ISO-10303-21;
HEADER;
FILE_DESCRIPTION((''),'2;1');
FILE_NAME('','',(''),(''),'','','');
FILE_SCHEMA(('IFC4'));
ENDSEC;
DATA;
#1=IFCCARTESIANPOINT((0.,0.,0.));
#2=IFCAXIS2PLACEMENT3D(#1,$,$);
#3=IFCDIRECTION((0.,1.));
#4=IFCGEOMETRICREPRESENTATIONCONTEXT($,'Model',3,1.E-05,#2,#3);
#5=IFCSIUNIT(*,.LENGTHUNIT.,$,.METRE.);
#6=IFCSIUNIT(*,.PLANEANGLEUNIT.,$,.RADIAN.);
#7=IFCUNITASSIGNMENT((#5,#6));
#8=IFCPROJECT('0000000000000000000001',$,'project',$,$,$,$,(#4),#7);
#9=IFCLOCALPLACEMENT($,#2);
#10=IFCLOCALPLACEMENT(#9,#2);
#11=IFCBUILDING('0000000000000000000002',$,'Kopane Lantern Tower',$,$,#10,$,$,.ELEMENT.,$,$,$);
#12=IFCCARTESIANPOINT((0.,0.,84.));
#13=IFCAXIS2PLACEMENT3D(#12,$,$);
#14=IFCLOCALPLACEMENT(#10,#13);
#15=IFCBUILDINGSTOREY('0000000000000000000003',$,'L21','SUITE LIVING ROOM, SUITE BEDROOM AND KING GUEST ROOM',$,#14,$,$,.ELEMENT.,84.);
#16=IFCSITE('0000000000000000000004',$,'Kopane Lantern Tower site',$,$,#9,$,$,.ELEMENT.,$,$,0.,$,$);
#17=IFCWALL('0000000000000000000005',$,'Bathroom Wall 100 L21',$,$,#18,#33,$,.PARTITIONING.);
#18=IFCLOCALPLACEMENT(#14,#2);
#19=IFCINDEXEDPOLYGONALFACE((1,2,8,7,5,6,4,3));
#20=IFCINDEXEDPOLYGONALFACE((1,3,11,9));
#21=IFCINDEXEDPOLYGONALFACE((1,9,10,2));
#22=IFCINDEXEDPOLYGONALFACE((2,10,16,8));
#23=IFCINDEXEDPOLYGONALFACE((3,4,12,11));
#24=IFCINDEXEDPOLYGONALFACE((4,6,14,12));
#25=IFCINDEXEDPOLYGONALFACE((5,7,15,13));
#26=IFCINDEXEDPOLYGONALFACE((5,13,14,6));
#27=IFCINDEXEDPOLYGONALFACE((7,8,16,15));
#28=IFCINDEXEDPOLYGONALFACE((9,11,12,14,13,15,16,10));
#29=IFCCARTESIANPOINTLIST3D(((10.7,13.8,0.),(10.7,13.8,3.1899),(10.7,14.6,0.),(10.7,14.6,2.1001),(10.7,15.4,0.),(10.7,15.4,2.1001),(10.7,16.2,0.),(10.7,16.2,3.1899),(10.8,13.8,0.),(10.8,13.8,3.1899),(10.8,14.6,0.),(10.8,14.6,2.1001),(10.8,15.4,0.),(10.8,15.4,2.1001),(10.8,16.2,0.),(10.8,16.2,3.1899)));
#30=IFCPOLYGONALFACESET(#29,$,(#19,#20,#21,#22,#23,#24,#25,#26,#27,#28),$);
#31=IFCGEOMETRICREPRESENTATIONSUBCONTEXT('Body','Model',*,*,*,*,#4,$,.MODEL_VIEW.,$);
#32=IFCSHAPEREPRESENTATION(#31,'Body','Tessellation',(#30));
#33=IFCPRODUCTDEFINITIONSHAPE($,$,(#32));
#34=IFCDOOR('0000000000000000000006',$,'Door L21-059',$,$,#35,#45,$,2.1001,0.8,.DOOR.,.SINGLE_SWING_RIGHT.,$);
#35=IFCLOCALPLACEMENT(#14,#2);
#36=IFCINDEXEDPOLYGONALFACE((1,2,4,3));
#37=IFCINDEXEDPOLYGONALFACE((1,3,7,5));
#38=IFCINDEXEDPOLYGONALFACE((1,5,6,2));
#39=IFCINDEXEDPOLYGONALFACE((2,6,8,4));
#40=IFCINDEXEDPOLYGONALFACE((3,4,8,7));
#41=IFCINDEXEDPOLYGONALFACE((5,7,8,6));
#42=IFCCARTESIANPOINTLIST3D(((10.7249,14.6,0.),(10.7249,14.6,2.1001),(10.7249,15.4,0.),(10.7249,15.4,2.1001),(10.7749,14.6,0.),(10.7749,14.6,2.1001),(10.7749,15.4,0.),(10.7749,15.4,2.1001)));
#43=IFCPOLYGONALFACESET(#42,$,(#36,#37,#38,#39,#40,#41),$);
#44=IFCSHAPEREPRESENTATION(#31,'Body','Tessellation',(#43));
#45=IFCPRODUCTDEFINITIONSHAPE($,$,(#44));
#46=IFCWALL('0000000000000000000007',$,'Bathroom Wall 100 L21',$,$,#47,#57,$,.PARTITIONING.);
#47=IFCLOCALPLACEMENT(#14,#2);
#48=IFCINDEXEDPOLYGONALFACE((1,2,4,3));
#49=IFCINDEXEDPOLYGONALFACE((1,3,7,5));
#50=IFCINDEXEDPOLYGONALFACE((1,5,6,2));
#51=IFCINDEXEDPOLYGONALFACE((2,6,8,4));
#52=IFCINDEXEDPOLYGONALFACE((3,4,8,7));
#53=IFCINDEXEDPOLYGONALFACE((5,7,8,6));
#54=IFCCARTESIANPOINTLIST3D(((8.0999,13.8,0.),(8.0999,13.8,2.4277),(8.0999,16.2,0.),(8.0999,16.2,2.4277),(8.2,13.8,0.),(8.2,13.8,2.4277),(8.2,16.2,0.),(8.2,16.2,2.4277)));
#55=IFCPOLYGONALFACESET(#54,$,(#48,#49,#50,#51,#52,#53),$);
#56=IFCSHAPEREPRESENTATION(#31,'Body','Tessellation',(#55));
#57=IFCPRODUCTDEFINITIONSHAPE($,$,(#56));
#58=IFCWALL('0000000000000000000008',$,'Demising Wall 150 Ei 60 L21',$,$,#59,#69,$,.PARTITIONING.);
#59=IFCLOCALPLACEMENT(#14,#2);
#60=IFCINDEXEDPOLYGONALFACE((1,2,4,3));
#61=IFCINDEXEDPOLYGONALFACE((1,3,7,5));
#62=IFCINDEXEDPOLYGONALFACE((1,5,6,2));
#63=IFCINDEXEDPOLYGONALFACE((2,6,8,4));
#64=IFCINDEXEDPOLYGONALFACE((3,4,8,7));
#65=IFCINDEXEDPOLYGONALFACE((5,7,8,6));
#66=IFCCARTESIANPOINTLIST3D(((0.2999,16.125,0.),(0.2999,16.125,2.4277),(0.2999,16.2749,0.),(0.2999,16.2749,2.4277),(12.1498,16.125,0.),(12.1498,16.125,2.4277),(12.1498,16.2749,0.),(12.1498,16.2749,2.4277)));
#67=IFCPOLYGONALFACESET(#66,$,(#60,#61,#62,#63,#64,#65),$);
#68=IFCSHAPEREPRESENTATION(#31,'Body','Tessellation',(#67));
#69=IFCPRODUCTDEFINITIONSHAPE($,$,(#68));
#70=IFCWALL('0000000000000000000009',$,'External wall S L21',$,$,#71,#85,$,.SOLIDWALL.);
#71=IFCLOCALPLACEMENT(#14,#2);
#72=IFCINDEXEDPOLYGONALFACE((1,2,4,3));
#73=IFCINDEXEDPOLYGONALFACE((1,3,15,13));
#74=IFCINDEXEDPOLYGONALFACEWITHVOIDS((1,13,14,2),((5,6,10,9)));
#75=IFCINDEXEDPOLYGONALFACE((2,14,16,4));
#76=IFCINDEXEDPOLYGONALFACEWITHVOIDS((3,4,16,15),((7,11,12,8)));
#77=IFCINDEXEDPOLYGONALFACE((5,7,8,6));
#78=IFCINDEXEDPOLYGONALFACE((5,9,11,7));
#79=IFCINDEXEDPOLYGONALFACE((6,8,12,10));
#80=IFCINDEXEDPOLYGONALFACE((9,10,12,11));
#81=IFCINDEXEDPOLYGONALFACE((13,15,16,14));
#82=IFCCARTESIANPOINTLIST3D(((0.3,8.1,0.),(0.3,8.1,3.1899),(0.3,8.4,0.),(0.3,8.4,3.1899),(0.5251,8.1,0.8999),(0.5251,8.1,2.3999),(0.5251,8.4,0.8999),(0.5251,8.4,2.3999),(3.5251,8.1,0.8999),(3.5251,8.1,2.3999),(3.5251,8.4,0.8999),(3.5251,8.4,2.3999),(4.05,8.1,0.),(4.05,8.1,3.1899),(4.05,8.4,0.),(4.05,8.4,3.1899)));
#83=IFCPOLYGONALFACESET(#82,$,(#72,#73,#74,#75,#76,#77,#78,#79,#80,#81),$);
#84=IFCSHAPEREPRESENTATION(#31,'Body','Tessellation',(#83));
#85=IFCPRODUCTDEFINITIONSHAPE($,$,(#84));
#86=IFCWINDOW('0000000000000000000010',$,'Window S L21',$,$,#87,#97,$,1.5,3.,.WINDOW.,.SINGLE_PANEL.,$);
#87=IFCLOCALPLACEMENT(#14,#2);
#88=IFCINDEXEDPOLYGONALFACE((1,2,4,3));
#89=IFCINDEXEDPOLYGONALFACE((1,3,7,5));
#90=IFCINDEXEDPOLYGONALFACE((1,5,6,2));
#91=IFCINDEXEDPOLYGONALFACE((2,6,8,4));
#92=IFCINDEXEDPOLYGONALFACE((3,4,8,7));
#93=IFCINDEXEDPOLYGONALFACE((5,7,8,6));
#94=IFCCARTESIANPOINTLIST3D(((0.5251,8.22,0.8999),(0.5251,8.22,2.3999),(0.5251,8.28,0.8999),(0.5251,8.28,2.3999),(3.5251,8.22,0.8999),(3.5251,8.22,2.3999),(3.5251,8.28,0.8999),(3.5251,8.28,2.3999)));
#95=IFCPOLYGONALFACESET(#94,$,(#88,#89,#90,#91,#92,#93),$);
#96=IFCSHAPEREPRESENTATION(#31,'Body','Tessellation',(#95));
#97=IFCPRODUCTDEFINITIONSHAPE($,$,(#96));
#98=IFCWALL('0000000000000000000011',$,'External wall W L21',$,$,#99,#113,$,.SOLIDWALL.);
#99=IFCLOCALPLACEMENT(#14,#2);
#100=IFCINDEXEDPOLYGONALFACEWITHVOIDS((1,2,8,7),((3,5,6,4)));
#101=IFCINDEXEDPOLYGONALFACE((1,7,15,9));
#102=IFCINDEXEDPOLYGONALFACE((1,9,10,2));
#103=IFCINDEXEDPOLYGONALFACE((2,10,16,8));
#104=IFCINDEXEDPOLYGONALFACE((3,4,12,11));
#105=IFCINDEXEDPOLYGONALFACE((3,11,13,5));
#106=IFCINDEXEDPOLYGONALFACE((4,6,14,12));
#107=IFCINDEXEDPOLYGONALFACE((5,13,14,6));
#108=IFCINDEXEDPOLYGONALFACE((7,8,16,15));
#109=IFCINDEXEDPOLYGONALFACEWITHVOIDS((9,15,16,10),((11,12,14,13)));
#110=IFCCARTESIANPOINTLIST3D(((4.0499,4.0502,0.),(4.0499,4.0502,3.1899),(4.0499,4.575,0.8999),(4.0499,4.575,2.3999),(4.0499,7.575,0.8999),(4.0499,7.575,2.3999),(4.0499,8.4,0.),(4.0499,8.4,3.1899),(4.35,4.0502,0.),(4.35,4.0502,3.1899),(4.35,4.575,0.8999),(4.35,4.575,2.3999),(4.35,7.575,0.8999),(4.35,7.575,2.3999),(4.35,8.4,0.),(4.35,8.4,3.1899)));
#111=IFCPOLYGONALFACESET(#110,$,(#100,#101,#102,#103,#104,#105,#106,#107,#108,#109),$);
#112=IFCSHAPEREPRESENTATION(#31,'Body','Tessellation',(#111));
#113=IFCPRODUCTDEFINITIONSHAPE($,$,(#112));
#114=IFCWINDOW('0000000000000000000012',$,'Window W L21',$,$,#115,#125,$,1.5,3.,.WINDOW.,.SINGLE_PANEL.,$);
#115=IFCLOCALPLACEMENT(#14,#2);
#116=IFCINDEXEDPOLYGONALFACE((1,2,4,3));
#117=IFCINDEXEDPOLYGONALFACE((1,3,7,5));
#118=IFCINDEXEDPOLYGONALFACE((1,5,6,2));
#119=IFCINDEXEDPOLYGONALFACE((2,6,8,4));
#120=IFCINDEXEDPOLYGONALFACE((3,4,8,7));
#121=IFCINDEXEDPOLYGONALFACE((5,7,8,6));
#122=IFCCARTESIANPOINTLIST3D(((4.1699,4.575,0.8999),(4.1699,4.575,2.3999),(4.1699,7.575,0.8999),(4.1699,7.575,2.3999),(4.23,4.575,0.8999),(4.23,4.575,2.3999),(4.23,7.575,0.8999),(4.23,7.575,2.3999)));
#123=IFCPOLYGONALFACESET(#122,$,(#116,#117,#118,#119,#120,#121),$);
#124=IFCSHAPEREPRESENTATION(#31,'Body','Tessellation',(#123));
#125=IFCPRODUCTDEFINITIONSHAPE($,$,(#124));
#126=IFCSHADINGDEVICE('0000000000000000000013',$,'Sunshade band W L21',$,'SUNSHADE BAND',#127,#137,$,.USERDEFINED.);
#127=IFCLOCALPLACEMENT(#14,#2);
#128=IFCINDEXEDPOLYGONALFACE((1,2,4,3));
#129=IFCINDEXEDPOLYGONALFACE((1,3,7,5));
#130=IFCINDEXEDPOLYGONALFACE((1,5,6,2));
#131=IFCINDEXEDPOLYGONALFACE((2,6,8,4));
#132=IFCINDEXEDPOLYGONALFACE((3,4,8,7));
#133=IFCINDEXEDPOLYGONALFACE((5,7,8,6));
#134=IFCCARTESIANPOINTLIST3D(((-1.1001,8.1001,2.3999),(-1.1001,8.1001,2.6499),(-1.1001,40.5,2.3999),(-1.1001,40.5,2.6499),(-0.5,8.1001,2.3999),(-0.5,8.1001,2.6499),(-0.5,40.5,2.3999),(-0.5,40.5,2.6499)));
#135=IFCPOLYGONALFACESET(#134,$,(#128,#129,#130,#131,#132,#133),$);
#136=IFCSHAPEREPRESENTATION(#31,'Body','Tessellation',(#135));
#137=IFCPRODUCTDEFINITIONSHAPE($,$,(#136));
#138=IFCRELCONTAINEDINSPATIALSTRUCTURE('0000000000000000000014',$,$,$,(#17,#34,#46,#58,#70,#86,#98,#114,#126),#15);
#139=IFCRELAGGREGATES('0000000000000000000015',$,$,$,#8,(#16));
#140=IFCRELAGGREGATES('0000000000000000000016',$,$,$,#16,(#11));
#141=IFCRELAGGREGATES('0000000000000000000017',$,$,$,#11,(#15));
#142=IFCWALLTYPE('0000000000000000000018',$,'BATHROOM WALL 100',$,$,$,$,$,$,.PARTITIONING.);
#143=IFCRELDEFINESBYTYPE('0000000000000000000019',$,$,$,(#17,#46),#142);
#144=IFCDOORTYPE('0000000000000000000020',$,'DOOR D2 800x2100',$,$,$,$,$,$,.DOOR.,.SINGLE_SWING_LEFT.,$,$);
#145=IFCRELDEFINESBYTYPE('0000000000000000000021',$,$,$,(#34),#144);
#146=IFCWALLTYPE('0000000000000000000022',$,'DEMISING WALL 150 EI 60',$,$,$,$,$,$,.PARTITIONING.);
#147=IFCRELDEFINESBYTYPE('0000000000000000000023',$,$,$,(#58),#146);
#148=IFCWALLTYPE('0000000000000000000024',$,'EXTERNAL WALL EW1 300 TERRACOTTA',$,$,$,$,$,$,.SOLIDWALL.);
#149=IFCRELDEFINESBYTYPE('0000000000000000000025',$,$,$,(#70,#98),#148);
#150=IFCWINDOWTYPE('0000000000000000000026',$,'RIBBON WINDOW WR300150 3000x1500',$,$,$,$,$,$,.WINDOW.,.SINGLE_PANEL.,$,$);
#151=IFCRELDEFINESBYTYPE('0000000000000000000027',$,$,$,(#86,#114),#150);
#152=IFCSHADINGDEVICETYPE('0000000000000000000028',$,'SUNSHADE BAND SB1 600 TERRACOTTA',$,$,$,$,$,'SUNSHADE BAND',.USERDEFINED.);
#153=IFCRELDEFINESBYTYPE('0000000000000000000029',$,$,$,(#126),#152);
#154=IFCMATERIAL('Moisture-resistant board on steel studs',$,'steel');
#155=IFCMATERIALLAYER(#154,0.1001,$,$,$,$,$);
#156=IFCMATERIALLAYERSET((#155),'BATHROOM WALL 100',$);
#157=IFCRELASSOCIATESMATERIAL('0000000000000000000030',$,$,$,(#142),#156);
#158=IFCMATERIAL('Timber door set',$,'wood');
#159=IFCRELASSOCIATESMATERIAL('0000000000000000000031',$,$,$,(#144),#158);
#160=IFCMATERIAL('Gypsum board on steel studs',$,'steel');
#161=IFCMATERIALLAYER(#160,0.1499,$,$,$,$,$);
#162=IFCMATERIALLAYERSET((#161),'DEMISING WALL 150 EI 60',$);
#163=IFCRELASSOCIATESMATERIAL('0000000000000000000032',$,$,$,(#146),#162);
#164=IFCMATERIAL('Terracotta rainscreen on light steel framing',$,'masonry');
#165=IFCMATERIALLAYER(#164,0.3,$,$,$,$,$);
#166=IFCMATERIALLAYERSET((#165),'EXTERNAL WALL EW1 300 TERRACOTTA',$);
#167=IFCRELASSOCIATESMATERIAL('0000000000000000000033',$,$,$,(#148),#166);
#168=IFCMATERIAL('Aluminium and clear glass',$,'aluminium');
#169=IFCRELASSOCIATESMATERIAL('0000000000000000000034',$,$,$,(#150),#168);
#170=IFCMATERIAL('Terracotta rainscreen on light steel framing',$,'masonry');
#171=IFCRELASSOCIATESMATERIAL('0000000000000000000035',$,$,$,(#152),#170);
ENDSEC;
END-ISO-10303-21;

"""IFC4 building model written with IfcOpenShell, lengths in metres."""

from ifc_helpers import new_model, si_unit, direction, frame, frame_2d, origin, origin_2d, place, context, subcontext, project, spatial, rectangle, extrude, material, layer, layer_set, type_object, element, fill, save


model = new_model("IFC4")

# Units and contexts
model_context = context("Model", 3, precision=1e-05, world=origin(), true_north=direction((0.0, 1.0)))
body_context = subcontext(model_context, "Body", "Model", "MODEL_VIEW")
ifc_project = project(units=[si_unit("LENGTHUNIT", "METRE"), si_unit("PLANEANGLEUNIT", "RADIAN")], contexts=[model_context])

# Site, building, storey
site_placement = place(None, origin())
site = spatial("IfcSite", under=ifc_project, at=site_placement, Name="Kopane Lantern Tower site", CompositionType="ELEMENT", RefElevation=0.0)
building_placement = place(site_placement, origin())
building = spatial("IfcBuilding", under=site, at=building_placement, Name="Kopane Lantern Tower", CompositionType="ELEMENT")
storey_placement = place(building_placement, frame((0.0, 0.0, 84.0)))
storey = spatial("IfcBuildingStorey", under=building, at=storey_placement, Name="L21", Description="SUITE LIVING ROOM, SUITE BEDROOM AND KING GUEST ROOM", CompositionType="ELEMENT", Elevation=84.0)

# Shared definitions
ifc_material_1 = material(Name="Moisture-resistant board on steel studs", Category="steel")
ifc_layer_1 = layer(ifc_material_1, 0.1001)
ifc_layer_set_1 = layer_set([ifc_layer_1], Name="BATHROOM WALL 100")
wall_type_1 = type_object("IfcWallType", Name="BATHROOM WALL 100", PredefinedType="PARTITIONING", material=ifc_layer_set_1)

# Wall, opening, door
wall_1_placement = place(storey_placement, frame((10.75, 16.2, 0.0), z_axis=(0.0, 0.0, 1.0), x_axis=(0.0, -1.0, 0.0)))
wall_1 = element("IfcWall", 1, at=wall_1_placement, inside=storey, type_object=wall_type_1, Name="Bathroom Wall 100 L21", PredefinedType="PARTITIONING", context=body_context, shape_type="SweptSolid", body=[
    extrude(rectangle(XDim=2.3999, YDim=0.1001, at=frame_2d((1.2, 0.0))), origin(), (0.0, 0.0, 1.0), 3.1899),
])
opening_1_placement = place(wall_1_placement, frame((0.8, 0.0, 0.0)))
opening_1 = element("IfcOpeningElement", 2, at=opening_1_placement, cuts=wall_1, PredefinedType="OPENING", context=body_context, shape_type="SweptSolid", body=[
    extrude(rectangle(XDim=0.8, YDim=2.1001, at=frame_2d((0.3999, 1.05))), frame((0.0, 0.0601, 0.0), z_axis=(0.0, -1.0, 0.0), x_axis=(1.0, 0.0, 0.0)), (0.0, 0.0, 1.0), 0.1201),
])
ifc_material_2 = material(Name="Timber door set", Category="wood")
door_type_1 = type_object("IfcDoorType", Name="DOOR D2 800x2100", OperationType="SINGLE_SWING_LEFT", PredefinedType="DOOR", material=ifc_material_2)
door_1_placement = place(opening_1_placement, origin())
door_1 = element("IfcDoor", 3, at=door_1_placement, inside=storey, type_object=door_type_1, Name="Door L21-059", OperationType="SINGLE_SWING_RIGHT", OverallHeight=2.1001, OverallWidth=0.8, PredefinedType="DOOR", context=body_context, shape_type="SweptSolid", body=[
    extrude(rectangle(XDim=0.8, YDim=2.1001, at=frame_2d((0.3999, 1.05))), frame((0.0, 0.0249, 0.0), z_axis=(0.0, -1.0, 0.0), x_axis=(1.0, 0.0, 0.0)), (0.0, 0.0, 1.0), 0.05),
])
fill(opening_1, door_1)

# Walls
wall_2_placement = place(storey_placement, frame((8.1499, 16.2, 0.0), z_axis=(0.0, 0.0, 1.0), x_axis=(0.0, -1.0, 0.0)))
element("IfcWall", 4, at=wall_2_placement, inside=storey, type_object=wall_type_1, Name="Bathroom Wall 100 L21", PredefinedType="PARTITIONING", context=body_context, shape_type="SweptSolid", body=[
    extrude(rectangle(XDim=2.3999, YDim=0.1001, at=frame_2d((1.2, 0.0))), origin(), (0.0, 0.0, 1.0), 2.4277),
])
ifc_material_3 = material(Name="Gypsum board on steel studs", Category="steel")
ifc_layer_2 = layer(ifc_material_3, 0.1499)
ifc_layer_set_2 = layer_set([ifc_layer_2], Name="DEMISING WALL 150 EI 60")
wall_type_2 = type_object("IfcWallType", Name="DEMISING WALL 150 EI 60", PredefinedType="PARTITIONING", material=ifc_layer_set_2)
wall_3_placement = place(storey_placement, frame((0.3, 16.2, 0.0), z_axis=(0.0, 0.0, 1.0), x_axis=(1.0, 0.0, 0.0)))
element("IfcWall", 5, at=wall_3_placement, inside=storey, type_object=wall_type_2, Name="Demising Wall 150 Ei 60 L21", PredefinedType="PARTITIONING", context=body_context, shape_type="SweptSolid", body=[
    extrude(rectangle(XDim=11.8499, YDim=0.1499, at=frame_2d((5.9248, 0.0))), origin(), (0.0, 0.0, 1.0), 2.4277),
])

# Walls, openings, windows
ifc_material_4 = material(Name="Terracotta rainscreen on light steel framing", Category="masonry")
ifc_layer_3 = layer(ifc_material_4, 0.3)
ifc_layer_set_3 = layer_set([ifc_layer_3], Name="EXTERNAL WALL EW1 300 TERRACOTTA")
wall_type_3 = type_object("IfcWallType", Name="EXTERNAL WALL EW1 300 TERRACOTTA", PredefinedType="SOLIDWALL", material=ifc_layer_set_3)
wall_4_placement = place(storey_placement, frame((0.3, 8.25, 0.0), z_axis=(0.0, 0.0, 1.0), x_axis=(1.0, 0.0, 0.0)))
wall_4 = element("IfcWall", 6, at=wall_4_placement, inside=storey, type_object=wall_type_3, Name="External wall S L21", PredefinedType="SOLIDWALL", context=body_context, shape_type="SweptSolid", body=[
    extrude(rectangle(XDim=3.75, YDim=0.3, at=frame_2d((1.875, 0.0))), origin(), (0.0, 0.0, 1.0), 3.1899),
])
opening_2_placement = place(wall_4_placement, frame((0.2251, 0.0, 0.8999)))
opening_2 = element("IfcOpeningElement", 7, at=opening_2_placement, cuts=wall_4, PredefinedType="OPENING", context=body_context, shape_type="SweptSolid", body=[
    extrude(rectangle(XDim=3.0, YDim=1.5, at=frame_2d((1.5, 0.75))), frame((0.0, 0.1599, 0.0), z_axis=(0.0, -1.0, 0.0), x_axis=(1.0, 0.0, 0.0)), (0.0, 0.0, 1.0), 0.3201),
])
ifc_material_5 = material(Name="Aluminium and clear glass", Category="aluminium")
window_type = type_object("IfcWindowType", Name="RIBBON WINDOW WR300150 3000x1500", PartitioningType="SINGLE_PANEL", PredefinedType="WINDOW", material=ifc_material_5)
window_1_placement = place(opening_2_placement, origin())
window_1 = element("IfcWindow", 8, at=window_1_placement, inside=storey, type_object=window_type, Name="Window S L21", OverallHeight=1.5, OverallWidth=3.0, PartitioningType="SINGLE_PANEL", PredefinedType="WINDOW", context=body_context, shape_type="SweptSolid", body=[
    extrude(rectangle(XDim=3.0, YDim=1.5, at=frame_2d((1.5, 0.75))), frame((0.0, 0.03, 0.0), z_axis=(0.0, -1.0, 0.0), x_axis=(1.0, 0.0, 0.0)), (0.0, 0.0, 1.0), 0.0601),
])
fill(opening_2, window_1)
wall_5_placement = place(storey_placement, frame((4.2, 8.3999, 0.0), z_axis=(0.0, 0.0, 1.0), x_axis=(0.0, -1.0, 0.0)))
wall_5 = element("IfcWall", 9, at=wall_5_placement, inside=storey, type_object=wall_type_3, Name="External wall W L21", PredefinedType="SOLIDWALL", context=body_context, shape_type="SweptSolid", body=[
    extrude(rectangle(XDim=4.3499, YDim=0.3, at=frame_2d((2.1748, 0.0))), origin(), (0.0, 0.0, 1.0), 3.1899),
])
opening_3_placement = place(wall_5_placement, frame((0.825, 0.0, 0.8999)))
opening_3 = element("IfcOpeningElement", 10, at=opening_3_placement, cuts=wall_5, PredefinedType="OPENING", context=body_context, shape_type="SweptSolid", body=[
    extrude(rectangle(XDim=3.0, YDim=1.5, at=frame_2d((1.5, 0.75))), frame((0.0, 0.1599, 0.0), z_axis=(0.0, -1.0, 0.0), x_axis=(1.0, 0.0, 0.0)), (0.0, 0.0, 1.0), 0.3201),
])
window_2_placement = place(opening_3_placement, origin())
window_2 = element("IfcWindow", 11, at=window_2_placement, inside=storey, type_object=window_type, Name="Window W L21", OverallHeight=1.5, OverallWidth=3.0, PartitioningType="SINGLE_PANEL", PredefinedType="WINDOW", context=body_context, shape_type="SweptSolid", body=[
    extrude(rectangle(XDim=3.0, YDim=1.5, at=frame_2d((1.5, 0.75))), frame((0.0, 0.03, 0.0), z_axis=(0.0, -1.0, 0.0), x_axis=(1.0, 0.0, 0.0)), (0.0, 0.0, 1.0), 0.0601),
])
fill(opening_3, window_2)

# Shading device
ifc_material_6 = material(Name="Terracotta rainscreen on light steel framing", Category="masonry")
shading_device_type = type_object("IfcShadingDeviceType", Name="SUNSHADE BAND SB1 600 TERRACOTTA", ElementType="SUNSHADE BAND", PredefinedType="USERDEFINED", material=ifc_material_6)
shading_device_placement = place(storey_placement, frame((-0.8, 24.3, 2.3999), z_axis=(0.0, 0.0, 1.0), x_axis=(0.0, -1.0, 0.0)))
element("IfcShadingDevice", 12, at=shading_device_placement, inside=storey, type_object=shading_device_type, Name="Sunshade band W L21", ObjectType="SUNSHADE BAND", PredefinedType="USERDEFINED", context=body_context, shape_type="SweptSolid", body=[
    extrude(rectangle(XDim=32.3999, YDim=0.6001, at=origin_2d()), origin(), (0.0, 0.0, 1.0), 0.25),
])

save(model, "model.ifc")
